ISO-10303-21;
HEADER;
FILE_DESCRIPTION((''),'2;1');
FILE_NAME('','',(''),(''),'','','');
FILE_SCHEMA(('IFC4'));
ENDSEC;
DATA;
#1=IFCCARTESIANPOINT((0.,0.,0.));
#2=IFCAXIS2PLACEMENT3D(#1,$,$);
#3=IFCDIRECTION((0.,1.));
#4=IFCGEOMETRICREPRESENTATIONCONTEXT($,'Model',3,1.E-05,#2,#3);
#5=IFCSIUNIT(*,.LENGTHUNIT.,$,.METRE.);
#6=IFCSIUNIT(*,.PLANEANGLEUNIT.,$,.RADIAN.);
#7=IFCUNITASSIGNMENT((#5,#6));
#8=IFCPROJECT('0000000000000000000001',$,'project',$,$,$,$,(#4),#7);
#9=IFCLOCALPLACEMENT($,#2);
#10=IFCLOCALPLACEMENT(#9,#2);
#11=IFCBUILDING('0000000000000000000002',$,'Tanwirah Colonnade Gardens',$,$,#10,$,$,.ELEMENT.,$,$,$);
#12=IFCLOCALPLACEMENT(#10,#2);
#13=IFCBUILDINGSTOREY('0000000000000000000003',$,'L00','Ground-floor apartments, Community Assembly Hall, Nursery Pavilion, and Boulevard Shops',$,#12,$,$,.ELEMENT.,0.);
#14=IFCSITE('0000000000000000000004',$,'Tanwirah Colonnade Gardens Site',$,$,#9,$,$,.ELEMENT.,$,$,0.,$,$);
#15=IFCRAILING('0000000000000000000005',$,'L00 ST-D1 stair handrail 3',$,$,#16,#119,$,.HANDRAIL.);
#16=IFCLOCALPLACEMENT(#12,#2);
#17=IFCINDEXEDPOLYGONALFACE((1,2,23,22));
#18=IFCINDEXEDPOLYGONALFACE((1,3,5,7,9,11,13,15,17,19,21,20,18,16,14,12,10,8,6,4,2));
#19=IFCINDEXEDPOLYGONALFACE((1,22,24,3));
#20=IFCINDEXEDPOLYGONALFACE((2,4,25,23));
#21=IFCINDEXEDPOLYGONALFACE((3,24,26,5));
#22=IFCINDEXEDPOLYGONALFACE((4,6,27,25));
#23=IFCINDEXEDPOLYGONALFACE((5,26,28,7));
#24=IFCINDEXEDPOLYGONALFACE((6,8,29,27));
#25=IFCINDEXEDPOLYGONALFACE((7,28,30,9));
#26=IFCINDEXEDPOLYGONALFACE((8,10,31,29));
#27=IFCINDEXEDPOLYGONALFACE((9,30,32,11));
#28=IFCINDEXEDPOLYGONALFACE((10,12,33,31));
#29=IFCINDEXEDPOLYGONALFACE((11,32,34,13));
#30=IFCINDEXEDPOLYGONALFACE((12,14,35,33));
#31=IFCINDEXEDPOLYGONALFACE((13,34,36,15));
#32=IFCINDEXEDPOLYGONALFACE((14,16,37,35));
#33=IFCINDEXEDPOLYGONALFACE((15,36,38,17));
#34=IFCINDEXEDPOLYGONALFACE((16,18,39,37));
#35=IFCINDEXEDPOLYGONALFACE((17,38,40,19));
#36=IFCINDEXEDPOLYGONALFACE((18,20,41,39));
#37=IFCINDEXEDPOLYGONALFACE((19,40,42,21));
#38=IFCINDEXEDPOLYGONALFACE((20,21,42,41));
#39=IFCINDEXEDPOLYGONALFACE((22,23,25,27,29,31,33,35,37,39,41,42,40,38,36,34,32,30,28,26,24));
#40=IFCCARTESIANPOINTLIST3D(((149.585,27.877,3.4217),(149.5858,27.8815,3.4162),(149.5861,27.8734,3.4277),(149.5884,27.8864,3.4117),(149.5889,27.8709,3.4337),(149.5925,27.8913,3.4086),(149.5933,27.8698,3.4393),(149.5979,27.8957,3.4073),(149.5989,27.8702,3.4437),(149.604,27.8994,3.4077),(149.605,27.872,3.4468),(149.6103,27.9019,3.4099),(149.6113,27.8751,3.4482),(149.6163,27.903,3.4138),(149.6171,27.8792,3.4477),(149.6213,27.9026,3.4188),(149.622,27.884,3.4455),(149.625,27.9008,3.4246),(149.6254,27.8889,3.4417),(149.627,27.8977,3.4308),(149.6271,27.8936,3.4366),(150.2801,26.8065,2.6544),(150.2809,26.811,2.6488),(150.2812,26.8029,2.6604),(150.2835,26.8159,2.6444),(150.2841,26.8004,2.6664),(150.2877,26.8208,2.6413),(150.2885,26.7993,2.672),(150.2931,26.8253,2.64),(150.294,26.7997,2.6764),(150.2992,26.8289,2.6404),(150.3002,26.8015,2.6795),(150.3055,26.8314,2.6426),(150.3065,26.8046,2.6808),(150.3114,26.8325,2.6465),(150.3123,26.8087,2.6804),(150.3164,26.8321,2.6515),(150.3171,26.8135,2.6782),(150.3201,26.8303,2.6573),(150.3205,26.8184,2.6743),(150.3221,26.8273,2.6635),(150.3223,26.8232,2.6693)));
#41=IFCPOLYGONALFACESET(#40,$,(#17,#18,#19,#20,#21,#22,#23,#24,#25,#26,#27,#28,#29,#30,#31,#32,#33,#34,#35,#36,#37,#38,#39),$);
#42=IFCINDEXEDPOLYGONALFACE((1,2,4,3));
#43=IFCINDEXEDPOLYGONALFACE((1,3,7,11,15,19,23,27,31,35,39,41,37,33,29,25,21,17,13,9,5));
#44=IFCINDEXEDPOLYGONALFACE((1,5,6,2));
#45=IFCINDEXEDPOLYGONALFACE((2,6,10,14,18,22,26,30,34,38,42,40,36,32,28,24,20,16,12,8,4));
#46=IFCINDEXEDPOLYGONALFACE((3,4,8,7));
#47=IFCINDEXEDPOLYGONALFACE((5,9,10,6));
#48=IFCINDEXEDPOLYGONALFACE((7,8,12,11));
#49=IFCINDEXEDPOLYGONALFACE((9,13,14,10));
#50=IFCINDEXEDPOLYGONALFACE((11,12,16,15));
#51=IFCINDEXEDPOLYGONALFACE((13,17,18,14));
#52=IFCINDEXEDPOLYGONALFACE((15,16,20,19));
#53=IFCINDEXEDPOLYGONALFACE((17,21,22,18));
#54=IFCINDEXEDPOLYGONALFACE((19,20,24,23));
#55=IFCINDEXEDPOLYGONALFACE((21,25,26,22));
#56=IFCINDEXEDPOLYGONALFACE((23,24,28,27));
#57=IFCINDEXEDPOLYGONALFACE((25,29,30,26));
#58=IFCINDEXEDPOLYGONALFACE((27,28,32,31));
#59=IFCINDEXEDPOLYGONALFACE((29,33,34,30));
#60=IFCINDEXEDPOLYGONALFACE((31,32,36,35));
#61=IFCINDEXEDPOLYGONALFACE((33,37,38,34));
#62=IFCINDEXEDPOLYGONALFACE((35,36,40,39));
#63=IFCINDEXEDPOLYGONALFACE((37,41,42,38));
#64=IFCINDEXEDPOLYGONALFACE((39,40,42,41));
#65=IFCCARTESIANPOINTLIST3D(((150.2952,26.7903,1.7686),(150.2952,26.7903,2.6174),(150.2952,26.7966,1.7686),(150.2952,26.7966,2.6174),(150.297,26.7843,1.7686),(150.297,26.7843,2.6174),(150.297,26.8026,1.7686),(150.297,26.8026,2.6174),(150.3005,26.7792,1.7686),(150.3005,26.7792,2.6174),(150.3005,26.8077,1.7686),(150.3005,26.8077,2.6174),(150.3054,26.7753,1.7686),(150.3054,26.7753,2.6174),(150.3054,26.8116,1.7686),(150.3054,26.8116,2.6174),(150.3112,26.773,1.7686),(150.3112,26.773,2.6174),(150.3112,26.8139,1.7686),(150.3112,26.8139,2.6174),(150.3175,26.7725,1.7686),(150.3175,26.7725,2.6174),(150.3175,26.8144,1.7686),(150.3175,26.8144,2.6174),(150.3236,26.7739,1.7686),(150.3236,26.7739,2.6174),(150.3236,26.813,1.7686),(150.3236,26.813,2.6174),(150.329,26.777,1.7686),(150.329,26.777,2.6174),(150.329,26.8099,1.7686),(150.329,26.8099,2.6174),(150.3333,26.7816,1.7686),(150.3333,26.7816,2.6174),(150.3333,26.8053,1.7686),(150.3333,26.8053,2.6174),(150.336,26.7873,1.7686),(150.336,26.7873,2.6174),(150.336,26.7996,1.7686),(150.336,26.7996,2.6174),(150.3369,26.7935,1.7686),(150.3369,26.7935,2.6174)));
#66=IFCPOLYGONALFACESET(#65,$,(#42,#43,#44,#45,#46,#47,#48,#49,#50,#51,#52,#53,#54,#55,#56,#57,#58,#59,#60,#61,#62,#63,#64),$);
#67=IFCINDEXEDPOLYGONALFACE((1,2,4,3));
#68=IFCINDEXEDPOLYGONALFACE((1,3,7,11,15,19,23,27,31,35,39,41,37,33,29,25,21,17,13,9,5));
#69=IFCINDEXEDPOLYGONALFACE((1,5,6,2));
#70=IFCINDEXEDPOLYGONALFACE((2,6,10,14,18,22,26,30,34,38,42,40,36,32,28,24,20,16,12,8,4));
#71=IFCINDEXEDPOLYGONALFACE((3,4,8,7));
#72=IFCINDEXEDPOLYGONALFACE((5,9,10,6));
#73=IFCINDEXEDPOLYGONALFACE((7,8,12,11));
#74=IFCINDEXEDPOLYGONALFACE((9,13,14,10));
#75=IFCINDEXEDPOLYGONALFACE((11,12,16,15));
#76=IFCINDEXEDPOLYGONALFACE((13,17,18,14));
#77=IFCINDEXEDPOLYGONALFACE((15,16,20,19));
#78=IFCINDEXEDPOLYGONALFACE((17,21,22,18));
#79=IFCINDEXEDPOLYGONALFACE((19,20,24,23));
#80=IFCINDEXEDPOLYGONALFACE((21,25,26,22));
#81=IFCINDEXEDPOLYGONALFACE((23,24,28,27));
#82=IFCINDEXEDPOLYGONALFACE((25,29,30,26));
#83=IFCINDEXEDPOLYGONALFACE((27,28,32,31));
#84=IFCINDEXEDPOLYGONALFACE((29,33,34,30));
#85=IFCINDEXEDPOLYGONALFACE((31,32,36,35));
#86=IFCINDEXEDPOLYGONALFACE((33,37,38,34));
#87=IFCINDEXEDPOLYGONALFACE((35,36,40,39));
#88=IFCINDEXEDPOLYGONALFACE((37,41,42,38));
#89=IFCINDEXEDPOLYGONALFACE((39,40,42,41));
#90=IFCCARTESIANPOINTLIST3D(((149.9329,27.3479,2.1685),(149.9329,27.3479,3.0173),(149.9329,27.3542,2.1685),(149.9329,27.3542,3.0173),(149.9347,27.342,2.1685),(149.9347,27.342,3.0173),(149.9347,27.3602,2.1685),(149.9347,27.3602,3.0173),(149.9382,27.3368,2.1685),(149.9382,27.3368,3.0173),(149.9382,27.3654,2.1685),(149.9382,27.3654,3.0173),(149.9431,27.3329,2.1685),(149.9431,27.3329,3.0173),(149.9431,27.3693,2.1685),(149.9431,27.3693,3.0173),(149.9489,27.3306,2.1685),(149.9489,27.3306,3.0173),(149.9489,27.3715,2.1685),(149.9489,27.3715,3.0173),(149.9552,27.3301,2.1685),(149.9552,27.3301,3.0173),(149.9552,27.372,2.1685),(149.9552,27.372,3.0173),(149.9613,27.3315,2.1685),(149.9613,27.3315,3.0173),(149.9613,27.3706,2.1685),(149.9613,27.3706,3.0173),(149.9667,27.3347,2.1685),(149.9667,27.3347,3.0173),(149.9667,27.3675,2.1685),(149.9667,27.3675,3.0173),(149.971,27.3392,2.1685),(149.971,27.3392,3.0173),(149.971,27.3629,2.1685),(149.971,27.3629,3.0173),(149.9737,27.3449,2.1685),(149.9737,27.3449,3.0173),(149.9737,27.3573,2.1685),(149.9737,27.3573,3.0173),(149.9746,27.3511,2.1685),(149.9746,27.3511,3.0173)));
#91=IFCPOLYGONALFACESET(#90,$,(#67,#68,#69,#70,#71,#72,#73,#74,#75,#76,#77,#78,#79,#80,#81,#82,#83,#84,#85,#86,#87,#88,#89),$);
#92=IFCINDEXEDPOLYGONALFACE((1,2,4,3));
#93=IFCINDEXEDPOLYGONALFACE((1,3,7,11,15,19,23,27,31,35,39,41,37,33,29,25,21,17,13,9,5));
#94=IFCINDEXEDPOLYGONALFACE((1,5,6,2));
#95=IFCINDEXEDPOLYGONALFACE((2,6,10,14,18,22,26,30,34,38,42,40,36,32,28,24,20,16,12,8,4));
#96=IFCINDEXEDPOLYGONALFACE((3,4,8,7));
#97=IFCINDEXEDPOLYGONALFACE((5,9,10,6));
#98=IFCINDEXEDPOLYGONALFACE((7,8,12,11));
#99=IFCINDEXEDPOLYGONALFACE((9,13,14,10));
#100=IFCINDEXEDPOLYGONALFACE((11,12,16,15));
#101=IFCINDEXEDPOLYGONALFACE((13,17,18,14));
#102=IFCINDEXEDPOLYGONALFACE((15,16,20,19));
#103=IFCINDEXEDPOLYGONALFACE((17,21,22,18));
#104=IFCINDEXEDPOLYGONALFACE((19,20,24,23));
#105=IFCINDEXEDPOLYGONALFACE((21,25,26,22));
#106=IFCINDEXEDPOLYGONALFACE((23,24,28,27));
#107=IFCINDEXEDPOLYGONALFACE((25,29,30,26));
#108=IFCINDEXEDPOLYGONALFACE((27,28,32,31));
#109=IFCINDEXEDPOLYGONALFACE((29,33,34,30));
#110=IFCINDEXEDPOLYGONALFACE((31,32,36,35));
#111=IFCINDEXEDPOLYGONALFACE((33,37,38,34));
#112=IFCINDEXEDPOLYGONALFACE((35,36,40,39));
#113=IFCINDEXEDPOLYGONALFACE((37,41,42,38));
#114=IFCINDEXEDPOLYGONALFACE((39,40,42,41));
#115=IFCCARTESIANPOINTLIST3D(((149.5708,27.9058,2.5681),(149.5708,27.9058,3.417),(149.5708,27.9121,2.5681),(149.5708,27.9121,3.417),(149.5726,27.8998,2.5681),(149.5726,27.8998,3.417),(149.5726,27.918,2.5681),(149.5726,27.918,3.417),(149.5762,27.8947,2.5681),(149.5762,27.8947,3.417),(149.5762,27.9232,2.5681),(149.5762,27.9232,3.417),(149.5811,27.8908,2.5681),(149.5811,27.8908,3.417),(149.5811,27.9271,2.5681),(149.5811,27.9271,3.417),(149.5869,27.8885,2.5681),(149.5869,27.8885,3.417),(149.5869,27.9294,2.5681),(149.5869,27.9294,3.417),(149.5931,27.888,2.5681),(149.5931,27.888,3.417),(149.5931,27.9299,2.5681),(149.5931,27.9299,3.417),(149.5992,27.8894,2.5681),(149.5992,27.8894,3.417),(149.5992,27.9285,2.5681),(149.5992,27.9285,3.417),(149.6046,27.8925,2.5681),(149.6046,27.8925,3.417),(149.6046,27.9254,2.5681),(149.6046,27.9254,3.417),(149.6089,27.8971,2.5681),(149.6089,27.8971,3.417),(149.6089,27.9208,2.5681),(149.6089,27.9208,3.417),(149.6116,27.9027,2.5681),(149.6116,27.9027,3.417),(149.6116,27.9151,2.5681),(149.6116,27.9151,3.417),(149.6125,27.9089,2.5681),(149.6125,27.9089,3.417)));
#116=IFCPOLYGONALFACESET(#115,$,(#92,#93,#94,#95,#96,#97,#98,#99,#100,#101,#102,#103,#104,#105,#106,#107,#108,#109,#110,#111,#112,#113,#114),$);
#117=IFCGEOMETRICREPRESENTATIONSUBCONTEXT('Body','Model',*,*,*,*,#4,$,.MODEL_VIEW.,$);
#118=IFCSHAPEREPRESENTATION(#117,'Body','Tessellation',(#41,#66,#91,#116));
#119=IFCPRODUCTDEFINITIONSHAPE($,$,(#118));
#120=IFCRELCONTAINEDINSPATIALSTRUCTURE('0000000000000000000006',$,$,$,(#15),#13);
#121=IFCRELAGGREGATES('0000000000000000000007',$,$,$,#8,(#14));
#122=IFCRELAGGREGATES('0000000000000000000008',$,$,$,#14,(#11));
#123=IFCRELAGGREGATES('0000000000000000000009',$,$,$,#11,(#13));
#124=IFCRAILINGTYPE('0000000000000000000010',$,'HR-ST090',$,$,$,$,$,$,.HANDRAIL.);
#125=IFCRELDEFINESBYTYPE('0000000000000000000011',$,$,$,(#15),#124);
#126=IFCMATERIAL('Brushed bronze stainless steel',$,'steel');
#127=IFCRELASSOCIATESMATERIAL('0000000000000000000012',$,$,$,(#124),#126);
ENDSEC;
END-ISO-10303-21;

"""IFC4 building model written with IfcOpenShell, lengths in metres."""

from ifc_helpers import new_model, si_unit, direction, frame, origin, origin_2d, place, context, subcontext, project, spatial, circle, extrude, material, type_object, element, save


model = new_model("IFC4")

# Units and contexts
model_context = context("Model", 3, precision=1e-05, world=origin(), true_north=direction((0.0, 1.0)))
body_context = subcontext(model_context, "Body", "Model", "MODEL_VIEW")
ifc_project = project(units=[si_unit("LENGTHUNIT", "METRE"), si_unit("PLANEANGLEUNIT", "RADIAN")], contexts=[model_context])

# Site, building, storey
site_placement = place(None, origin())
site = spatial("IfcSite", under=ifc_project, at=site_placement, Name="Tanwirah Colonnade Gardens Site", CompositionType="ELEMENT", RefElevation=0.0)
building_placement = place(site_placement, origin())
building = spatial("IfcBuilding", under=site, at=building_placement, Name="Tanwirah Colonnade Gardens", CompositionType="ELEMENT")
storey_placement = place(building_placement, origin())
storey = spatial("IfcBuildingStorey", under=building, at=storey_placement, Name="L00", Description="Ground-floor apartments, Community Assembly Hall, Nursery Pavilion, and Boulevard Shops", CompositionType="ELEMENT", Elevation=0.0)

# Railing
ifc_material_1 = material(Name="Brushed bronze stainless steel", Category="steel")
railing_type_1 = type_object("IfcRailingType", Name="HR-ST090", PredefinedType="HANDRAIL", material=ifc_material_1)
railing_1_placement = place(storey_placement, frame((150.3159, 26.7935, 1.7686)))
element("IfcRailing", 1, at=railing_1_placement, inside=storey, type_object=railing_type_1, Name="L00 ST-D1 stair handrail 3", PredefinedType="HANDRAIL", context=body_context, shape_type="SweptSolid", body=[
    extrude(circle(Radius=0.0239, at=origin_2d()), frame((-0.0146, 0.0225, 0.8918), z_axis=(-0.46677, 0.718797, 0.515225), x_axis=(-0.838683, -0.544621, 0.0)), (0.0, 0.0, 1.0), 1.4893),
    extrude(circle(Radius=0.021, at=origin_2d()), origin(), (0.0, 0.0, 1.0), 0.8489),
    extrude(circle(Radius=0.021, at=origin_2d()), frame((-0.3623, 0.5576, 0.3999)), (0.0, 0.0, 1.0), 0.8489),
    extrude(circle(Radius=0.021, at=origin_2d()), frame((-0.7244, 1.1155, 0.7996)), (0.0, 0.0, 1.0), 0.8489),
])

save(model, "model.ifc")
